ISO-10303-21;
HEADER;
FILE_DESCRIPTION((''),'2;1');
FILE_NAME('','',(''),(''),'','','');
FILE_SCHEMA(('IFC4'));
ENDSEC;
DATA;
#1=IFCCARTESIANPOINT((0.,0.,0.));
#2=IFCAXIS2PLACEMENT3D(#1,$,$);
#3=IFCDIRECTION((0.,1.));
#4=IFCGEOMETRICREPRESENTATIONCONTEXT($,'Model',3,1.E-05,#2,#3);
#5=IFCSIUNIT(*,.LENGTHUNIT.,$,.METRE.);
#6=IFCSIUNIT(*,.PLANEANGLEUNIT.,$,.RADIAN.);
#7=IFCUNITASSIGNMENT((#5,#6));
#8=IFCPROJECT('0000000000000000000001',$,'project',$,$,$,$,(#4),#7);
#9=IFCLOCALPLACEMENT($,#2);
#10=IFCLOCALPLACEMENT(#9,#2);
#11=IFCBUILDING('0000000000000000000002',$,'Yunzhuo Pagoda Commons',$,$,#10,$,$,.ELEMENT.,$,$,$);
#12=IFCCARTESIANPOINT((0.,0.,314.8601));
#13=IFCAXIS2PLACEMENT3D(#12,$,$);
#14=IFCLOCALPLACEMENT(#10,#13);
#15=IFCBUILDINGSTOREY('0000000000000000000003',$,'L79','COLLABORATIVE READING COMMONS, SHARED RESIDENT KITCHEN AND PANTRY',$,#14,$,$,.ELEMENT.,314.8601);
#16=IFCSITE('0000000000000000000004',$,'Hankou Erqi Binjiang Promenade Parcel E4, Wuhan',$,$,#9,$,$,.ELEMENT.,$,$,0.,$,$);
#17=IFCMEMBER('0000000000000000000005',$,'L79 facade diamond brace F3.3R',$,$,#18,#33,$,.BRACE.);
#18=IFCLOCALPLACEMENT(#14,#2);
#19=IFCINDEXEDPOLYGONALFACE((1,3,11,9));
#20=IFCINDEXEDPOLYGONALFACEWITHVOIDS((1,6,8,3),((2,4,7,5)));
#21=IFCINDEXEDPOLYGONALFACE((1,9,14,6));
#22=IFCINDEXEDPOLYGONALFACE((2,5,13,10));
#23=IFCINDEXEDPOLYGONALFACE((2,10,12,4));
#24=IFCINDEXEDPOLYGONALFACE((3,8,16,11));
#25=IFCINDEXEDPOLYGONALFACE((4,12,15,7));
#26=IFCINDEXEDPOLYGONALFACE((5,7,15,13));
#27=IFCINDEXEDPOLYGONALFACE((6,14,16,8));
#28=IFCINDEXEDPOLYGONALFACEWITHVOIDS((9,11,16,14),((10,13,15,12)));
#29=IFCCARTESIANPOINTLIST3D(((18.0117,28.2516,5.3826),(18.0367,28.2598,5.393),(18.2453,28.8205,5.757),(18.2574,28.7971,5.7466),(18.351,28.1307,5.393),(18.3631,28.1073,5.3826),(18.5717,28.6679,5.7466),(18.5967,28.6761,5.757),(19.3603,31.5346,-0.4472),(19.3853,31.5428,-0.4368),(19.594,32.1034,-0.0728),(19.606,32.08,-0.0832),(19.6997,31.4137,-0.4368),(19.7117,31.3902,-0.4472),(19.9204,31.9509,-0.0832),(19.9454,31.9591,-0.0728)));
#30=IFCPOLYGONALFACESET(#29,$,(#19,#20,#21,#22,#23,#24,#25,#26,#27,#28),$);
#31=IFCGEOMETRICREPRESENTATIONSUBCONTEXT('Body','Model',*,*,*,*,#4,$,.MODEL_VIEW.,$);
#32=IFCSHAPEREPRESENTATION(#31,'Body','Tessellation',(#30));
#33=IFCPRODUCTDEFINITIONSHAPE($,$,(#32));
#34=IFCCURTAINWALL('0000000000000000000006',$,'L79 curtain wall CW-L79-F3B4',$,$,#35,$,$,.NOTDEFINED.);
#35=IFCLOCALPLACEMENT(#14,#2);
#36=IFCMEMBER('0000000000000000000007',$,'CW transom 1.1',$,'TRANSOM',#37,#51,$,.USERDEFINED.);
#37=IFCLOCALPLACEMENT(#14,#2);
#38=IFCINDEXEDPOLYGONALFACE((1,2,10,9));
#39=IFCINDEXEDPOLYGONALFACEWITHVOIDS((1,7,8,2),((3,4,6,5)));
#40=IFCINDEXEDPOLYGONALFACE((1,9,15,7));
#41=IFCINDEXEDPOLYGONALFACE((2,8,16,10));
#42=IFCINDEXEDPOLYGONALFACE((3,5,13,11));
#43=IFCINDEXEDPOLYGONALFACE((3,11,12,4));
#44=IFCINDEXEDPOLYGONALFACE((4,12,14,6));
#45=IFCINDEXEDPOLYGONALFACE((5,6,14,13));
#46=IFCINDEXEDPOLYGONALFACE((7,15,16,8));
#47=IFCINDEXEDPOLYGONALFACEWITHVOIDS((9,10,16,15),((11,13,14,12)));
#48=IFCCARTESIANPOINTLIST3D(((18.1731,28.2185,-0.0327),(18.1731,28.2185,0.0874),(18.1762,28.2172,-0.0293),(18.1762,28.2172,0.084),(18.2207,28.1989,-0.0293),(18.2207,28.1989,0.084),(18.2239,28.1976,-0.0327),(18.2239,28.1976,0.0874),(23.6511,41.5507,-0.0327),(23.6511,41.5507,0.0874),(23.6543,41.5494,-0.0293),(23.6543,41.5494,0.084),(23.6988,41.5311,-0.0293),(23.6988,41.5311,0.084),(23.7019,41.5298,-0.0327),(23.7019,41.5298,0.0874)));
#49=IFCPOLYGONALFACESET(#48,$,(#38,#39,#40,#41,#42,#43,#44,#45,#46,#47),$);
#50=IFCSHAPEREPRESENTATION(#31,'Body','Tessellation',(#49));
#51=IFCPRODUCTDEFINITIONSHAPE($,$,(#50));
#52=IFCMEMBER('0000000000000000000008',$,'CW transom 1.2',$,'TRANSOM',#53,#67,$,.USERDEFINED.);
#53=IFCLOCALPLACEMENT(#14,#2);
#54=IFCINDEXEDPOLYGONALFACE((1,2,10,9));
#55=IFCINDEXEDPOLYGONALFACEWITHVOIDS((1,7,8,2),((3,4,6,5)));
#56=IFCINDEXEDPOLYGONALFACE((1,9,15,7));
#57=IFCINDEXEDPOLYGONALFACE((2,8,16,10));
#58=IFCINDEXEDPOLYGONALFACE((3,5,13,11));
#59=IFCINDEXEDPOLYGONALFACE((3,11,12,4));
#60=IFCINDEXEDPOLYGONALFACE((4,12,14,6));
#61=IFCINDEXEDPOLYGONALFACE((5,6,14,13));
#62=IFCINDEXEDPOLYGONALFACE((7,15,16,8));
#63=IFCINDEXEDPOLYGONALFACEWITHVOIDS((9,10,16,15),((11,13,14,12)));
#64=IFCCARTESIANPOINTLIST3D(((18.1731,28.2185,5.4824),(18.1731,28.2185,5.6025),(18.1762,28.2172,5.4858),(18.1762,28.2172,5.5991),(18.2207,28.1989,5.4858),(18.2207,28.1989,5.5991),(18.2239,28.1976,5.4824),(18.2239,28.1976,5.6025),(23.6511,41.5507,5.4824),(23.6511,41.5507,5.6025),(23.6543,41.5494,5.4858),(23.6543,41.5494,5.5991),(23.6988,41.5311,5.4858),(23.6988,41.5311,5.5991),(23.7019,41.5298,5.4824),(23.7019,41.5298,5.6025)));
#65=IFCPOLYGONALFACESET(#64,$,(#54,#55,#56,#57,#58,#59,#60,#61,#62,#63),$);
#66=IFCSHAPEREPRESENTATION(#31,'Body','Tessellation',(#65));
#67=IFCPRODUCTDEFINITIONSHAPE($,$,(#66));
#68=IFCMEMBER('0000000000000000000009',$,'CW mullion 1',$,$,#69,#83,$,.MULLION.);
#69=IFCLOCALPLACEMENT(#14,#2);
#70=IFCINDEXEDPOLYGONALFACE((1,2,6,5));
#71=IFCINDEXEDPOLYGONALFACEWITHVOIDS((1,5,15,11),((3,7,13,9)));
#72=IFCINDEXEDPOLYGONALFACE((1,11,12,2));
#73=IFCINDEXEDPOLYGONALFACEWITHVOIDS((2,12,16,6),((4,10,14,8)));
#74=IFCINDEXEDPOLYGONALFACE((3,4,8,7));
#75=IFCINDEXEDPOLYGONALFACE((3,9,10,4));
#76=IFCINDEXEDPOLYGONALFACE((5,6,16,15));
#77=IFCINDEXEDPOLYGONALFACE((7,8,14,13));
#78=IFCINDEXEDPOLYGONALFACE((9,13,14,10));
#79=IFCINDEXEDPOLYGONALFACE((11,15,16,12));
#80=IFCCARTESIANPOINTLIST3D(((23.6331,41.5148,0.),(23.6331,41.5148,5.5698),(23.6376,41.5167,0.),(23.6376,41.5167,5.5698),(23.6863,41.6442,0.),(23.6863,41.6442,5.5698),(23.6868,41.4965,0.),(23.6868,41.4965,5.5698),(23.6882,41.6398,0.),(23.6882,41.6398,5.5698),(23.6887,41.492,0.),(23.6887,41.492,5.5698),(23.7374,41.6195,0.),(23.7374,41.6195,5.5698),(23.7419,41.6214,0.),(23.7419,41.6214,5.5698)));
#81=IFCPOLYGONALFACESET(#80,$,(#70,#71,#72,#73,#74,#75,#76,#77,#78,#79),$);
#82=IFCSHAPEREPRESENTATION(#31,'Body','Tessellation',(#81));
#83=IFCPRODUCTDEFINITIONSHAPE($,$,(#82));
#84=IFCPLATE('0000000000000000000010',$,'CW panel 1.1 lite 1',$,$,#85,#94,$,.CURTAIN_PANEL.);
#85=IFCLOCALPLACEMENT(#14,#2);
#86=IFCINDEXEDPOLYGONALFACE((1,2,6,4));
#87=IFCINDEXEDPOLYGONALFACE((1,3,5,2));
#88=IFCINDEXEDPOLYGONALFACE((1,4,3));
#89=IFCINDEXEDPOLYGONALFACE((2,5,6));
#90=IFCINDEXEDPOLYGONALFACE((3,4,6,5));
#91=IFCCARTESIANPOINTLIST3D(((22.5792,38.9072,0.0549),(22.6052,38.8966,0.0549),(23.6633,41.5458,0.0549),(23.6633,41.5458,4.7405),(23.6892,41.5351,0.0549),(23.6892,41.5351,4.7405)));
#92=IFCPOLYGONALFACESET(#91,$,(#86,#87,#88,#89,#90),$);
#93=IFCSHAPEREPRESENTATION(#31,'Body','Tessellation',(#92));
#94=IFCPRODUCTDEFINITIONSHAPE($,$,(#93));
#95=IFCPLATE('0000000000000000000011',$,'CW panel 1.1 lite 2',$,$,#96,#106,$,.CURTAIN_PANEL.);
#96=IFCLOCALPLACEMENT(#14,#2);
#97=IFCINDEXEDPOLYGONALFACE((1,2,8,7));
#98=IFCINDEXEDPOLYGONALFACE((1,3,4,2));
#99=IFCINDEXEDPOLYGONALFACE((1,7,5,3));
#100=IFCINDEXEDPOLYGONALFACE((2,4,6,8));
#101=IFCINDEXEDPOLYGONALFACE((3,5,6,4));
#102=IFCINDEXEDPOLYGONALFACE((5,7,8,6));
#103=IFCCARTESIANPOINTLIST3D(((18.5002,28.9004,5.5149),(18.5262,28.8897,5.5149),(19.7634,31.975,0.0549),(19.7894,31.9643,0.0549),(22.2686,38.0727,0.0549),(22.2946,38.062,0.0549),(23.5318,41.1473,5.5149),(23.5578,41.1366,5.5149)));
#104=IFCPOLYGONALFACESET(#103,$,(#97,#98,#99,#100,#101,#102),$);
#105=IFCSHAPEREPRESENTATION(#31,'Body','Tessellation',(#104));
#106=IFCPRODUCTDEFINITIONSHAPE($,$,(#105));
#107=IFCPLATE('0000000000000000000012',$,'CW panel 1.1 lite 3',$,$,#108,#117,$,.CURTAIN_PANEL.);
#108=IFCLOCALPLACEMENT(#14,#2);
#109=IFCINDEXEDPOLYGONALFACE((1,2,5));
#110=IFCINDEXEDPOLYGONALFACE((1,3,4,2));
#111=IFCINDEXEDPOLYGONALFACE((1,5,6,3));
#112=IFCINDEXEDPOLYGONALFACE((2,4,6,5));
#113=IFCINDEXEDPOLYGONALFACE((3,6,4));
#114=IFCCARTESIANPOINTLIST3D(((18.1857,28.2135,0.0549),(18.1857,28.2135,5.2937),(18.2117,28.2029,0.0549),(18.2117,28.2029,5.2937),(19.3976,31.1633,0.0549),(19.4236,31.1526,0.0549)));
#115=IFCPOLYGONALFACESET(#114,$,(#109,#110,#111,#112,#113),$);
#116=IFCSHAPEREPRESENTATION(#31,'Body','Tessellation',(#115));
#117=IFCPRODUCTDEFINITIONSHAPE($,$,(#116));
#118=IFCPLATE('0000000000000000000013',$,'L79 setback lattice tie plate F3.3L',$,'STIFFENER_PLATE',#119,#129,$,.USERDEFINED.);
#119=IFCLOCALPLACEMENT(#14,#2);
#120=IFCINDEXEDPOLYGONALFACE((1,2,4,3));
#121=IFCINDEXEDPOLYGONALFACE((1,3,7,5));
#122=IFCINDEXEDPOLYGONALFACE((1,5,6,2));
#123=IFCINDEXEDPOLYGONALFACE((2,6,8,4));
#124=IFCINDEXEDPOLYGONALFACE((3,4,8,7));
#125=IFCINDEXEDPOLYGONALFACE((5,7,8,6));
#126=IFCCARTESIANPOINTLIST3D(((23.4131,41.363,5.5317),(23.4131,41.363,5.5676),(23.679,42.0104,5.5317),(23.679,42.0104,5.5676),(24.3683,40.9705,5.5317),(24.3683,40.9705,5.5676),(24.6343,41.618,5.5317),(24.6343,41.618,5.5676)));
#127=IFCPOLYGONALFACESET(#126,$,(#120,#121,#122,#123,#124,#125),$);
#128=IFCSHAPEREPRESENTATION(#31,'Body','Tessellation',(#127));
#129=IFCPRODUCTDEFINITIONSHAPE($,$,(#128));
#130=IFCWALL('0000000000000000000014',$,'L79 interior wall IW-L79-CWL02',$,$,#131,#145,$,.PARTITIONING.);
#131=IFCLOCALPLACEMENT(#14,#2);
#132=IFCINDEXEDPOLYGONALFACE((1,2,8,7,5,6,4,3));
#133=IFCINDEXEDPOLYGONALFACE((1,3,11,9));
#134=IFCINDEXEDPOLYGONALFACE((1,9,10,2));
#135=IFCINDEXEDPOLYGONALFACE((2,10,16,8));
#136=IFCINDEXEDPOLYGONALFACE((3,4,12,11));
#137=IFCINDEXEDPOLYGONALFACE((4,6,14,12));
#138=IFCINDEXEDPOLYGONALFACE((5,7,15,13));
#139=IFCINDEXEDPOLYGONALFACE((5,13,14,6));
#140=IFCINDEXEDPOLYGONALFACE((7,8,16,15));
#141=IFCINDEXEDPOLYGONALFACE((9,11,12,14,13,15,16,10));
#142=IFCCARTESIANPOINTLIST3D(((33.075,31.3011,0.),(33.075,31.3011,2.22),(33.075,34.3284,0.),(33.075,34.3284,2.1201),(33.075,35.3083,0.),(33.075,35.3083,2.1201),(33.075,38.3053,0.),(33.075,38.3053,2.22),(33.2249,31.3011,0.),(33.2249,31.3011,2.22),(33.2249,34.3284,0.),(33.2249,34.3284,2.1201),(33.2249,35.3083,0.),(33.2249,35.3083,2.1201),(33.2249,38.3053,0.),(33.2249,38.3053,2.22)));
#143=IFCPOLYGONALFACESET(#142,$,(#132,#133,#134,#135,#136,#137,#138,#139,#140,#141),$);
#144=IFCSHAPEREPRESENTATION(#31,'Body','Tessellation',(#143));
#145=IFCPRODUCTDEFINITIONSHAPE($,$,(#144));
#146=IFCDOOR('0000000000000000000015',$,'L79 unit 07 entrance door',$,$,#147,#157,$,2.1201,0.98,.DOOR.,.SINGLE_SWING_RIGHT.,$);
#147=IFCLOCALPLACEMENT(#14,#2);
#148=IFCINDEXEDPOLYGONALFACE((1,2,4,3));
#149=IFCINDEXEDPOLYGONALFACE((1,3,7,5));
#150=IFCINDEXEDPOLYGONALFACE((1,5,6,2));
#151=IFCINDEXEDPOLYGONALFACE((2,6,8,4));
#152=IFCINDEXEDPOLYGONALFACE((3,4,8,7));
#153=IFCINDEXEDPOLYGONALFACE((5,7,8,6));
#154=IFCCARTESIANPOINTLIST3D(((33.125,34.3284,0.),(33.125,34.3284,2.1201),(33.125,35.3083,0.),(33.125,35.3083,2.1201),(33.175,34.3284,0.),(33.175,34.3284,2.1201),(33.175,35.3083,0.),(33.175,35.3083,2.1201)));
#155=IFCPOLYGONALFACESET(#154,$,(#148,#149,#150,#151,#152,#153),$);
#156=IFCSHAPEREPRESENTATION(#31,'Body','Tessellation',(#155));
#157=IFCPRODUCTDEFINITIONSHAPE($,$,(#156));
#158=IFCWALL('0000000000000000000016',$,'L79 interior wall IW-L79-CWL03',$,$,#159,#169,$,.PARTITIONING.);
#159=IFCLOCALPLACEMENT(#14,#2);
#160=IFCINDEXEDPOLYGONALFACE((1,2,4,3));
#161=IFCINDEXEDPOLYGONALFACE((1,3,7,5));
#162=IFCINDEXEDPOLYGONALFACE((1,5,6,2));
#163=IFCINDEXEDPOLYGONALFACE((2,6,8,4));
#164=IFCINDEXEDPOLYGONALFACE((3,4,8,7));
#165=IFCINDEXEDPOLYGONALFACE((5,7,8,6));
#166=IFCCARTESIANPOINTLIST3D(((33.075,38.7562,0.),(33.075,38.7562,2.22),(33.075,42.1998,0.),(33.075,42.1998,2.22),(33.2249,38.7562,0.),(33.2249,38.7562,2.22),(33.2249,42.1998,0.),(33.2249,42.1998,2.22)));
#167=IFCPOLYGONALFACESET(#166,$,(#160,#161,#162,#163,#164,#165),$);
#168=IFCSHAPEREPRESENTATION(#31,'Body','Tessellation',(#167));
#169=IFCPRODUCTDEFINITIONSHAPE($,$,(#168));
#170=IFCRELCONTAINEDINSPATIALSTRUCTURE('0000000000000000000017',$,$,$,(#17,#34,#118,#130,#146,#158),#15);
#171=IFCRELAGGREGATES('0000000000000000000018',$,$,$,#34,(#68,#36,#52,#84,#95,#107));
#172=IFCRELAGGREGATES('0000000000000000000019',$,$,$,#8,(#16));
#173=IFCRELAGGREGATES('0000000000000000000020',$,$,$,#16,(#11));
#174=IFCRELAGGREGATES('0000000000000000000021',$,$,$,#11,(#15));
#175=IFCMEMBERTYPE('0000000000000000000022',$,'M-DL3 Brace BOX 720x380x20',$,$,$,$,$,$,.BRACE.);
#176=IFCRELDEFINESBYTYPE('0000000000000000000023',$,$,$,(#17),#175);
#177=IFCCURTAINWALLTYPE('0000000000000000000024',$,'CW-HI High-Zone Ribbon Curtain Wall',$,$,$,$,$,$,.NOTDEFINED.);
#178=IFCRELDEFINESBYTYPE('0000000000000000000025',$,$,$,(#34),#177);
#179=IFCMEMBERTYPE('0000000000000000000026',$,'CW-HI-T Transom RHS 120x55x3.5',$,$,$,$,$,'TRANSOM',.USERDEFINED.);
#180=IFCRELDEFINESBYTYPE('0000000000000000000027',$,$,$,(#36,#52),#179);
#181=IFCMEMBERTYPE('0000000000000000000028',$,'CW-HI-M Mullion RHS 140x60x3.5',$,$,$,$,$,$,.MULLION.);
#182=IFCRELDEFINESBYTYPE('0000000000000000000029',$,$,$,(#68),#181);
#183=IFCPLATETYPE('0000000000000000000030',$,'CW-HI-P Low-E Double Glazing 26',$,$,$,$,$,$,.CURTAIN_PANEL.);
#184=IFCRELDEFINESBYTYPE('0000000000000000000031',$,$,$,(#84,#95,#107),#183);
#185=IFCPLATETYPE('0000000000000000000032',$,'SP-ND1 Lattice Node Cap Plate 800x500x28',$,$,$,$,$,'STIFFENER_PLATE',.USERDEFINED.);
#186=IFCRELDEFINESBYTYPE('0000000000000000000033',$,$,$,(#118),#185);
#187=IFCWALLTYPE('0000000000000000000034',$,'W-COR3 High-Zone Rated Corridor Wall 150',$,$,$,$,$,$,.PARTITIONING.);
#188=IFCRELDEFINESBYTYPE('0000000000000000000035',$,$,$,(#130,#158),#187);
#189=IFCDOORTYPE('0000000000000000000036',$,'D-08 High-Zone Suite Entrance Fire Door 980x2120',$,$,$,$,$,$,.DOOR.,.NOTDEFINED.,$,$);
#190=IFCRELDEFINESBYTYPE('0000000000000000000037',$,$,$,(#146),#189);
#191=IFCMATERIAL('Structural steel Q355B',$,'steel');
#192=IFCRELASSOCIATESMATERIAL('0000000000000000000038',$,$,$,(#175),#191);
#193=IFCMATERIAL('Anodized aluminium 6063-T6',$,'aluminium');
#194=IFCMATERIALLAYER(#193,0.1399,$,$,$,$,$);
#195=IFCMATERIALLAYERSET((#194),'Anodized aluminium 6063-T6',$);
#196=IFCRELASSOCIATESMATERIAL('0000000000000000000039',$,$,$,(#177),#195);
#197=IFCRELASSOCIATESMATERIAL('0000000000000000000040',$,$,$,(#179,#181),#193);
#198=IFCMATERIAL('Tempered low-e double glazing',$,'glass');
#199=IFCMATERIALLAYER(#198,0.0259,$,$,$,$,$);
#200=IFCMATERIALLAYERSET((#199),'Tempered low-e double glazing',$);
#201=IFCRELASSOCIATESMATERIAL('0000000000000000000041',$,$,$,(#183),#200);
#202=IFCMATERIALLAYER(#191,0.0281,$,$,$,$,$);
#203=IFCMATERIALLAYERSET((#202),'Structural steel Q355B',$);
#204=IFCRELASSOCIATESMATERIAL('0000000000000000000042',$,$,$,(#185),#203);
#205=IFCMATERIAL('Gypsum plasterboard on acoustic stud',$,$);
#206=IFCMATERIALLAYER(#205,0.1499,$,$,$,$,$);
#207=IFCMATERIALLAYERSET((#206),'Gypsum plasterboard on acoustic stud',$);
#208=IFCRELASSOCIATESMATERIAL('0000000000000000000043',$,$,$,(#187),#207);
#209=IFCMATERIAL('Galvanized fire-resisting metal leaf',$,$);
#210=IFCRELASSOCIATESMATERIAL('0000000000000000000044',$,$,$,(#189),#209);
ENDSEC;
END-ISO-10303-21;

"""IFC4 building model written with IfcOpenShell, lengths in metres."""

from ifc_helpers import new_model, si_unit, direction, frame, frame_2d, origin, origin_with_axes, origin_2d, place, context, subcontext, project, spatial, polyline, rectangle, hollow_rectangle, outline, extrude, source, transform, mapped, material, layer, layer_set, material_profile, profile_set, type_object, element, fill, aggregate, save


model = new_model("IFC4")

# Units and contexts
model_context = context("Model", 3, precision=1e-05, world=origin(), true_north=direction((0.0, 1.0)))
body_context = subcontext(model_context, "Body", "Model", "MODEL_VIEW")
ifc_project = project(units=[si_unit("LENGTHUNIT", "METRE"), si_unit("PLANEANGLEUNIT", "RADIAN")], contexts=[model_context])

# Site, building, storey
site_placement = place(None, origin())
site = spatial("IfcSite", under=ifc_project, at=site_placement, Name="Hankou Erqi Binjiang Promenade Parcel E4, Wuhan", CompositionType="ELEMENT", RefElevation=0.0)
building_placement = place(site_placement, origin())
building = spatial("IfcBuilding", under=site, at=building_placement, Name="Yunzhuo Pagoda Commons", CompositionType="ELEMENT")
storey_placement = place(building_placement, frame((0.0, 0.0, 314.8601)))
storey = spatial("IfcBuildingStorey", under=building, at=storey_placement, Name="L79", Description="COLLABORATIVE READING COMMONS, SHARED RESIDENT KITCHEN AND PANTRY", CompositionType="ELEMENT", Elevation=314.8601)

# Shared definitions
ifc_material_1 = material(Name="Structural steel Q355B", Category="steel")

# Member
ifc_material_profile_1 = material_profile(ifc_material_1, hollow_rectangle(XDim=0.3799, YDim=0.72, WallThickness=0.02, at=origin_2d()), Name="Structural steel Q355B")
ifc_profile_set_1 = profile_set([ifc_material_profile_1], Name="Structural steel Q355B")
member_type_1 = type_object("IfcMemberType", Name="M-DL3 Brace BOX 720x380x20", PredefinedType="BRACE", material=ifc_profile_set_1)
shared_shape_1 = source(origin(), body_context, "Body", "SweptSolid", [
    extrude(hollow_rectangle(XDim=0.3799, YDim=0.72, WallThickness=0.02, at=origin_2d()), origin(), (0.0, 0.0, 1.0), 6.8252),
])
for number, where, z_axis, x_axis, name in (
    (1, (19.6528, 31.7468, -0.26), (-0.197596, -0.481004, 0.854161), (0.924993, -0.379985, 0.0), "L79 facade diamond brace F3.3R"),
):
    element("IfcMember", number, at=place(storey_placement, frame(where, z_axis=z_axis, x_axis=x_axis)), inside=storey, type_object=member_type_1, Name=name, PredefinedType="BRACE", context=body_context, shape_type="MappedRepresentation", body=[
        mapped(shared_shape_1, transform((0.0, 0.0, 0.0), scale=1.0)),
    ])

# Curtain wall, members, plates
ifc_material_2 = material(Name="Anodized aluminium 6063-T6", Category="aluminium")
ifc_layer_1 = layer(ifc_material_2, 0.1399)
ifc_layer_set_1 = layer_set([ifc_layer_1], Name="Anodized aluminium 6063-T6")
curtain_wall_type = type_object("IfcCurtainWallType", Name="CW-HI High-Zone Ribbon Curtain Wall", PredefinedType="NOTDEFINED", material=ifc_layer_set_1)
curtain_wall_placement = place(storey_placement, origin())
curtain_wall = element("IfcCurtainWall", 2, at=curtain_wall_placement, inside=storey, type_object=curtain_wall_type, Name="L79 curtain wall CW-L79-F3B4", PredefinedType="NOTDEFINED")
ifc_material_profile_2 = material_profile(ifc_material_2, hollow_rectangle(XDim=0.0549, YDim=0.1201, WallThickness=0.0034, at=origin_2d()), Name="Anodized aluminium 6063-T6")
ifc_profile_set_2 = profile_set([ifc_material_profile_2], Name="Anodized aluminium 6063-T6")
member_type_2 = type_object("IfcMemberType", Name="CW-HI-T Transom RHS 120x55x3.5", ElementType="TRANSOM", PredefinedType="USERDEFINED", material=ifc_profile_set_2)
shared_shape_2 = source(origin(), body_context, "Body", "SweptSolid", [
    extrude(hollow_rectangle(XDim=0.0549, YDim=0.1201, WallThickness=0.0034, at=origin_2d()), origin(), (0.0, 0.0, 1.0), 14.4138),
])
member_1_placement = place(storey_placement, frame((23.6765, 41.5403, 0.0273), z_axis=(-0.380054, -0.924964, 0.0), x_axis=(0.924964, -0.380054, 0.0)))
member_1 = element("IfcMember", 3, at=member_1_placement, type_object=member_type_2, Name="CW transom 1.1", ObjectType="TRANSOM", PredefinedType="USERDEFINED", context=body_context, shape_type="MappedRepresentation", body=[
    mapped(shared_shape_2, transform((0.0, 0.0, 0.0), scale=1.0)),
])
member_2_placement = place(storey_placement, frame((23.6765, 41.5403, 5.5425), z_axis=(-0.380054, -0.924964, 0.0), x_axis=(0.924964, -0.380054, 0.0)))
member_2 = element("IfcMember", 4, at=member_2_placement, type_object=member_type_2, Name="CW transom 1.2", ObjectType="TRANSOM", PredefinedType="USERDEFINED", context=body_context, shape_type="MappedRepresentation", body=[
    mapped(shared_shape_2, transform((0.0, 0.0, 0.0), scale=1.0)),
])
ifc_material_profile_3 = material_profile(ifc_material_2, hollow_rectangle(XDim=0.0601, YDim=0.1399, WallThickness=0.0034, at=origin_2d()), Name="Anodized aluminium 6063-T6")
ifc_profile_set_3 = profile_set([ifc_material_profile_3], Name="Anodized aluminium 6063-T6")
member_type_3 = type_object("IfcMemberType", Name="CW-HI-M Mullion RHS 140x60x3.5", PredefinedType="MULLION", material=ifc_profile_set_3)
shared_shape_3 = source(origin(), body_context, "Body", "SweptSolid", [
    extrude(hollow_rectangle(XDim=0.0601, YDim=0.1399, WallThickness=0.0034, at=origin_2d()), origin(), (0.0, 0.0, 1.0), 5.5698),
])
member_3_placement = place(storey_placement, frame((23.6875, 41.5681, 0.0), z_axis=(0.0, 0.0, 1.0), x_axis=(0.924975, -0.380027, 0.0)))
member_3 = element("IfcMember", 5, at=member_3_placement, type_object=member_type_3, Name="CW mullion 1", PredefinedType="MULLION", context=body_context, shape_type="MappedRepresentation", body=[
    mapped(shared_shape_3, transform((0.0, 0.0, 0.0), scale=1.0)),
])
ifc_material_3 = material(Name="Tempered low-e double glazing", Category="glass")
ifc_layer_2 = layer(ifc_material_3, 0.0259)
ifc_layer_set_2 = layer_set([ifc_layer_2], Name="Tempered low-e double glazing")
plate_type_1 = type_object("IfcPlateType", Name="CW-HI-P Low-E Double Glazing 26", PredefinedType="CURTAIN_PANEL", material=ifc_layer_set_2)
plate_1_placement = place(storey_placement, frame((23.1472, 40.2158, 2.3977), z_axis=(-0.924975, 0.380027, 0.0), x_axis=(-0.380027, -0.924975, 0.0)))
plate_1 = element("IfcPlate", 6, at=plate_1_placement, type_object=plate_type_1, Name="CW panel 1.1 lite 1", PredefinedType="CURTAIN_PANEL", context=body_context, shape_type="SweptSolid", body=[
    extrude(outline(polyline([(-1.4263, -2.3428), (1.4263, -2.3428), (-1.4263, 2.3428), (-1.4263, -2.3428)])), origin(), (0.0, 0.0, 1.0), 0.0281),
])
plate_2_placement = place(storey_placement, frame((21.042, 35.0132, 2.7849), z_axis=(-0.924975, 0.380027, 0.0), x_axis=(-0.380027, -0.924975, 0.0)))
plate_2 = element("IfcPlate", 7, at=plate_2_placement, type_object=plate_type_1, Name="CW panel 1.1 lite 2", PredefinedType="CURTAIN_PANEL", context=body_context, shape_type="SweptSolid", body=[
    extrude(outline(polyline([(-6.6201, 2.73), (-3.2961, -2.73), (3.2961, -2.73), (6.6201, 2.73), (-6.6201, 2.73)])), origin(), (0.0, 0.0, 1.0), 0.0281),
])
plate_3_placement = place(storey_placement, frame((18.8176, 29.6777, 2.6743), z_axis=(-0.924975, 0.380027, 0.0), x_axis=(-0.380027, -0.924975, 0.0)))
plate_3 = element("IfcPlate", 8, at=plate_3_placement, type_object=plate_type_1, Name="CW panel 1.1 lite 3", PredefinedType="CURTAIN_PANEL", context=body_context, shape_type="SweptSolid", body=[
    extrude(outline(polyline([(-1.5945, -2.6194), (1.5945, -2.6194), (1.5945, 2.6194), (-1.5945, -2.6194)])), origin(), (0.0, 0.0, 1.0), 0.0281),
])
aggregate(curtain_wall, [member_3, member_1, member_2, plate_1, plate_2, plate_3])

# Plate
ifc_layer_3 = layer(ifc_material_1, 0.0281)
ifc_layer_set_3 = layer_set([ifc_layer_3], Name="Structural steel Q355B")
plate_type_2 = type_object("IfcPlateType", Name="SP-ND1 Lattice Node Cap Plate 800x500x28", ElementType="STIFFENER_PLATE", PredefinedType="USERDEFINED", material=ifc_layer_set_3)
shared_shape_4 = source(origin(), body_context, "Body", "SweptSolid", [
    extrude(rectangle(XDim=0.7, YDim=1.0327, at=origin_2d()), origin(), (0.0, 0.0, 1.0), 0.0359),
])
plate_4_placement = place(storey_placement, frame((24.0237, 41.4905, 5.5317), z_axis=(0.0, 0.0, 1.0), x_axis=(-0.379989, -0.924991, 0.0)))
element("IfcPlate", 9, at=plate_4_placement, inside=storey, type_object=plate_type_2, Name="L79 setback lattice tie plate F3.3L", ObjectType="STIFFENER_PLATE", PredefinedType="USERDEFINED", context=body_context, shape_type="MappedRepresentation", body=[
    mapped(shared_shape_4, transform((0.0, 0.0, 0.0), scale=1.0)),
])

# Wall, opening, door
ifc_material_4 = material(Name="Gypsum plasterboard on acoustic stud")
ifc_layer_4 = layer(ifc_material_4, 0.1499)
ifc_layer_set_4 = layer_set([ifc_layer_4], Name="Gypsum plasterboard on acoustic stud")
wall_type_1 = type_object("IfcWallType", Name="W-COR3 High-Zone Rated Corridor Wall 150", PredefinedType="PARTITIONING", material=ifc_layer_set_4)
wall_1_placement = place(storey_placement, frame((33.1499, 31.3013, 0.0), z_axis=(0.0, 0.0, 1.0), x_axis=(0.0, 1.0, 0.0)))
wall_1 = element("IfcWall", 10, at=wall_1_placement, inside=storey, type_object=wall_type_1, Name="L79 interior wall IW-L79-CWL02", PredefinedType="PARTITIONING", context=body_context, shape_type="SweptSolid", body=[
    extrude(rectangle(XDim=7.0042, YDim=0.1499, at=frame_2d((3.502, 0.0))), origin(), (0.0, 0.0, 1.0), 2.22),
])
opening_1_placement = place(wall_1_placement, frame((3.0271, 0.0, 0.0)))
opening_1 = element("IfcOpeningElement", 11, at=opening_1_placement, cuts=wall_1, PredefinedType="OPENING", context=body_context, shape_type="SweptSolid", body=[
    extrude(rectangle(XDim=0.98, YDim=2.1201, at=frame_2d((0.49, 1.0601))), frame((0.0, 0.085, 0.0), z_axis=(0.0, -1.0, 0.0), x_axis=(1.0, 0.0, 0.0)), (0.0, 0.0, 1.0), 0.1699),
])
ifc_material_5 = material(Name="Galvanized fire-resisting metal leaf")
door_type = type_object("IfcDoorType", Name="D-08 High-Zone Suite Entrance Fire Door 980x2120", OperationType="NOTDEFINED", PredefinedType="DOOR", material=ifc_material_5)
shared_shape_5 = source(origin(), body_context, "Body", "SweptSolid", [
    extrude(rectangle(XDim=0.98, YDim=2.1201, at=frame_2d((0.49, 1.0601))), frame((0.0, 0.0249, 0.0), z_axis=(0.0, -1.0, 0.0), x_axis=(1.0, 0.0, 0.0)), (0.0, 0.0, 1.0), 0.05),
])
door_1_placement = place(opening_1_placement, origin_with_axes())
door_1 = element("IfcDoor", 12, at=door_1_placement, inside=storey, type_object=door_type, Name="L79 unit 07 entrance door", OperationType="SINGLE_SWING_RIGHT", OverallHeight=2.1201, OverallWidth=0.98, PredefinedType="DOOR", context=body_context, shape_type="MappedRepresentation", body=[
    mapped(shared_shape_5, transform((0.0, 0.0, 0.0), scale=1.0)),
])
fill(opening_1, door_1)

# Wall
wall_2_placement = place(storey_placement, frame((33.1499, 38.7563, 0.0), z_axis=(0.0, 0.0, 1.0), x_axis=(0.0, 1.0, 0.0)))
element("IfcWall", 13, at=wall_2_placement, inside=storey, type_object=wall_type_1, Name="L79 interior wall IW-L79-CWL03", PredefinedType="PARTITIONING", context=body_context, shape_type="SweptSolid", body=[
    extrude(rectangle(XDim=3.4436, YDim=0.1499, at=frame_2d((1.7217, 0.0))), origin(), (0.0, 0.0, 1.0), 2.22),
])

save(model, "model.ifc")
